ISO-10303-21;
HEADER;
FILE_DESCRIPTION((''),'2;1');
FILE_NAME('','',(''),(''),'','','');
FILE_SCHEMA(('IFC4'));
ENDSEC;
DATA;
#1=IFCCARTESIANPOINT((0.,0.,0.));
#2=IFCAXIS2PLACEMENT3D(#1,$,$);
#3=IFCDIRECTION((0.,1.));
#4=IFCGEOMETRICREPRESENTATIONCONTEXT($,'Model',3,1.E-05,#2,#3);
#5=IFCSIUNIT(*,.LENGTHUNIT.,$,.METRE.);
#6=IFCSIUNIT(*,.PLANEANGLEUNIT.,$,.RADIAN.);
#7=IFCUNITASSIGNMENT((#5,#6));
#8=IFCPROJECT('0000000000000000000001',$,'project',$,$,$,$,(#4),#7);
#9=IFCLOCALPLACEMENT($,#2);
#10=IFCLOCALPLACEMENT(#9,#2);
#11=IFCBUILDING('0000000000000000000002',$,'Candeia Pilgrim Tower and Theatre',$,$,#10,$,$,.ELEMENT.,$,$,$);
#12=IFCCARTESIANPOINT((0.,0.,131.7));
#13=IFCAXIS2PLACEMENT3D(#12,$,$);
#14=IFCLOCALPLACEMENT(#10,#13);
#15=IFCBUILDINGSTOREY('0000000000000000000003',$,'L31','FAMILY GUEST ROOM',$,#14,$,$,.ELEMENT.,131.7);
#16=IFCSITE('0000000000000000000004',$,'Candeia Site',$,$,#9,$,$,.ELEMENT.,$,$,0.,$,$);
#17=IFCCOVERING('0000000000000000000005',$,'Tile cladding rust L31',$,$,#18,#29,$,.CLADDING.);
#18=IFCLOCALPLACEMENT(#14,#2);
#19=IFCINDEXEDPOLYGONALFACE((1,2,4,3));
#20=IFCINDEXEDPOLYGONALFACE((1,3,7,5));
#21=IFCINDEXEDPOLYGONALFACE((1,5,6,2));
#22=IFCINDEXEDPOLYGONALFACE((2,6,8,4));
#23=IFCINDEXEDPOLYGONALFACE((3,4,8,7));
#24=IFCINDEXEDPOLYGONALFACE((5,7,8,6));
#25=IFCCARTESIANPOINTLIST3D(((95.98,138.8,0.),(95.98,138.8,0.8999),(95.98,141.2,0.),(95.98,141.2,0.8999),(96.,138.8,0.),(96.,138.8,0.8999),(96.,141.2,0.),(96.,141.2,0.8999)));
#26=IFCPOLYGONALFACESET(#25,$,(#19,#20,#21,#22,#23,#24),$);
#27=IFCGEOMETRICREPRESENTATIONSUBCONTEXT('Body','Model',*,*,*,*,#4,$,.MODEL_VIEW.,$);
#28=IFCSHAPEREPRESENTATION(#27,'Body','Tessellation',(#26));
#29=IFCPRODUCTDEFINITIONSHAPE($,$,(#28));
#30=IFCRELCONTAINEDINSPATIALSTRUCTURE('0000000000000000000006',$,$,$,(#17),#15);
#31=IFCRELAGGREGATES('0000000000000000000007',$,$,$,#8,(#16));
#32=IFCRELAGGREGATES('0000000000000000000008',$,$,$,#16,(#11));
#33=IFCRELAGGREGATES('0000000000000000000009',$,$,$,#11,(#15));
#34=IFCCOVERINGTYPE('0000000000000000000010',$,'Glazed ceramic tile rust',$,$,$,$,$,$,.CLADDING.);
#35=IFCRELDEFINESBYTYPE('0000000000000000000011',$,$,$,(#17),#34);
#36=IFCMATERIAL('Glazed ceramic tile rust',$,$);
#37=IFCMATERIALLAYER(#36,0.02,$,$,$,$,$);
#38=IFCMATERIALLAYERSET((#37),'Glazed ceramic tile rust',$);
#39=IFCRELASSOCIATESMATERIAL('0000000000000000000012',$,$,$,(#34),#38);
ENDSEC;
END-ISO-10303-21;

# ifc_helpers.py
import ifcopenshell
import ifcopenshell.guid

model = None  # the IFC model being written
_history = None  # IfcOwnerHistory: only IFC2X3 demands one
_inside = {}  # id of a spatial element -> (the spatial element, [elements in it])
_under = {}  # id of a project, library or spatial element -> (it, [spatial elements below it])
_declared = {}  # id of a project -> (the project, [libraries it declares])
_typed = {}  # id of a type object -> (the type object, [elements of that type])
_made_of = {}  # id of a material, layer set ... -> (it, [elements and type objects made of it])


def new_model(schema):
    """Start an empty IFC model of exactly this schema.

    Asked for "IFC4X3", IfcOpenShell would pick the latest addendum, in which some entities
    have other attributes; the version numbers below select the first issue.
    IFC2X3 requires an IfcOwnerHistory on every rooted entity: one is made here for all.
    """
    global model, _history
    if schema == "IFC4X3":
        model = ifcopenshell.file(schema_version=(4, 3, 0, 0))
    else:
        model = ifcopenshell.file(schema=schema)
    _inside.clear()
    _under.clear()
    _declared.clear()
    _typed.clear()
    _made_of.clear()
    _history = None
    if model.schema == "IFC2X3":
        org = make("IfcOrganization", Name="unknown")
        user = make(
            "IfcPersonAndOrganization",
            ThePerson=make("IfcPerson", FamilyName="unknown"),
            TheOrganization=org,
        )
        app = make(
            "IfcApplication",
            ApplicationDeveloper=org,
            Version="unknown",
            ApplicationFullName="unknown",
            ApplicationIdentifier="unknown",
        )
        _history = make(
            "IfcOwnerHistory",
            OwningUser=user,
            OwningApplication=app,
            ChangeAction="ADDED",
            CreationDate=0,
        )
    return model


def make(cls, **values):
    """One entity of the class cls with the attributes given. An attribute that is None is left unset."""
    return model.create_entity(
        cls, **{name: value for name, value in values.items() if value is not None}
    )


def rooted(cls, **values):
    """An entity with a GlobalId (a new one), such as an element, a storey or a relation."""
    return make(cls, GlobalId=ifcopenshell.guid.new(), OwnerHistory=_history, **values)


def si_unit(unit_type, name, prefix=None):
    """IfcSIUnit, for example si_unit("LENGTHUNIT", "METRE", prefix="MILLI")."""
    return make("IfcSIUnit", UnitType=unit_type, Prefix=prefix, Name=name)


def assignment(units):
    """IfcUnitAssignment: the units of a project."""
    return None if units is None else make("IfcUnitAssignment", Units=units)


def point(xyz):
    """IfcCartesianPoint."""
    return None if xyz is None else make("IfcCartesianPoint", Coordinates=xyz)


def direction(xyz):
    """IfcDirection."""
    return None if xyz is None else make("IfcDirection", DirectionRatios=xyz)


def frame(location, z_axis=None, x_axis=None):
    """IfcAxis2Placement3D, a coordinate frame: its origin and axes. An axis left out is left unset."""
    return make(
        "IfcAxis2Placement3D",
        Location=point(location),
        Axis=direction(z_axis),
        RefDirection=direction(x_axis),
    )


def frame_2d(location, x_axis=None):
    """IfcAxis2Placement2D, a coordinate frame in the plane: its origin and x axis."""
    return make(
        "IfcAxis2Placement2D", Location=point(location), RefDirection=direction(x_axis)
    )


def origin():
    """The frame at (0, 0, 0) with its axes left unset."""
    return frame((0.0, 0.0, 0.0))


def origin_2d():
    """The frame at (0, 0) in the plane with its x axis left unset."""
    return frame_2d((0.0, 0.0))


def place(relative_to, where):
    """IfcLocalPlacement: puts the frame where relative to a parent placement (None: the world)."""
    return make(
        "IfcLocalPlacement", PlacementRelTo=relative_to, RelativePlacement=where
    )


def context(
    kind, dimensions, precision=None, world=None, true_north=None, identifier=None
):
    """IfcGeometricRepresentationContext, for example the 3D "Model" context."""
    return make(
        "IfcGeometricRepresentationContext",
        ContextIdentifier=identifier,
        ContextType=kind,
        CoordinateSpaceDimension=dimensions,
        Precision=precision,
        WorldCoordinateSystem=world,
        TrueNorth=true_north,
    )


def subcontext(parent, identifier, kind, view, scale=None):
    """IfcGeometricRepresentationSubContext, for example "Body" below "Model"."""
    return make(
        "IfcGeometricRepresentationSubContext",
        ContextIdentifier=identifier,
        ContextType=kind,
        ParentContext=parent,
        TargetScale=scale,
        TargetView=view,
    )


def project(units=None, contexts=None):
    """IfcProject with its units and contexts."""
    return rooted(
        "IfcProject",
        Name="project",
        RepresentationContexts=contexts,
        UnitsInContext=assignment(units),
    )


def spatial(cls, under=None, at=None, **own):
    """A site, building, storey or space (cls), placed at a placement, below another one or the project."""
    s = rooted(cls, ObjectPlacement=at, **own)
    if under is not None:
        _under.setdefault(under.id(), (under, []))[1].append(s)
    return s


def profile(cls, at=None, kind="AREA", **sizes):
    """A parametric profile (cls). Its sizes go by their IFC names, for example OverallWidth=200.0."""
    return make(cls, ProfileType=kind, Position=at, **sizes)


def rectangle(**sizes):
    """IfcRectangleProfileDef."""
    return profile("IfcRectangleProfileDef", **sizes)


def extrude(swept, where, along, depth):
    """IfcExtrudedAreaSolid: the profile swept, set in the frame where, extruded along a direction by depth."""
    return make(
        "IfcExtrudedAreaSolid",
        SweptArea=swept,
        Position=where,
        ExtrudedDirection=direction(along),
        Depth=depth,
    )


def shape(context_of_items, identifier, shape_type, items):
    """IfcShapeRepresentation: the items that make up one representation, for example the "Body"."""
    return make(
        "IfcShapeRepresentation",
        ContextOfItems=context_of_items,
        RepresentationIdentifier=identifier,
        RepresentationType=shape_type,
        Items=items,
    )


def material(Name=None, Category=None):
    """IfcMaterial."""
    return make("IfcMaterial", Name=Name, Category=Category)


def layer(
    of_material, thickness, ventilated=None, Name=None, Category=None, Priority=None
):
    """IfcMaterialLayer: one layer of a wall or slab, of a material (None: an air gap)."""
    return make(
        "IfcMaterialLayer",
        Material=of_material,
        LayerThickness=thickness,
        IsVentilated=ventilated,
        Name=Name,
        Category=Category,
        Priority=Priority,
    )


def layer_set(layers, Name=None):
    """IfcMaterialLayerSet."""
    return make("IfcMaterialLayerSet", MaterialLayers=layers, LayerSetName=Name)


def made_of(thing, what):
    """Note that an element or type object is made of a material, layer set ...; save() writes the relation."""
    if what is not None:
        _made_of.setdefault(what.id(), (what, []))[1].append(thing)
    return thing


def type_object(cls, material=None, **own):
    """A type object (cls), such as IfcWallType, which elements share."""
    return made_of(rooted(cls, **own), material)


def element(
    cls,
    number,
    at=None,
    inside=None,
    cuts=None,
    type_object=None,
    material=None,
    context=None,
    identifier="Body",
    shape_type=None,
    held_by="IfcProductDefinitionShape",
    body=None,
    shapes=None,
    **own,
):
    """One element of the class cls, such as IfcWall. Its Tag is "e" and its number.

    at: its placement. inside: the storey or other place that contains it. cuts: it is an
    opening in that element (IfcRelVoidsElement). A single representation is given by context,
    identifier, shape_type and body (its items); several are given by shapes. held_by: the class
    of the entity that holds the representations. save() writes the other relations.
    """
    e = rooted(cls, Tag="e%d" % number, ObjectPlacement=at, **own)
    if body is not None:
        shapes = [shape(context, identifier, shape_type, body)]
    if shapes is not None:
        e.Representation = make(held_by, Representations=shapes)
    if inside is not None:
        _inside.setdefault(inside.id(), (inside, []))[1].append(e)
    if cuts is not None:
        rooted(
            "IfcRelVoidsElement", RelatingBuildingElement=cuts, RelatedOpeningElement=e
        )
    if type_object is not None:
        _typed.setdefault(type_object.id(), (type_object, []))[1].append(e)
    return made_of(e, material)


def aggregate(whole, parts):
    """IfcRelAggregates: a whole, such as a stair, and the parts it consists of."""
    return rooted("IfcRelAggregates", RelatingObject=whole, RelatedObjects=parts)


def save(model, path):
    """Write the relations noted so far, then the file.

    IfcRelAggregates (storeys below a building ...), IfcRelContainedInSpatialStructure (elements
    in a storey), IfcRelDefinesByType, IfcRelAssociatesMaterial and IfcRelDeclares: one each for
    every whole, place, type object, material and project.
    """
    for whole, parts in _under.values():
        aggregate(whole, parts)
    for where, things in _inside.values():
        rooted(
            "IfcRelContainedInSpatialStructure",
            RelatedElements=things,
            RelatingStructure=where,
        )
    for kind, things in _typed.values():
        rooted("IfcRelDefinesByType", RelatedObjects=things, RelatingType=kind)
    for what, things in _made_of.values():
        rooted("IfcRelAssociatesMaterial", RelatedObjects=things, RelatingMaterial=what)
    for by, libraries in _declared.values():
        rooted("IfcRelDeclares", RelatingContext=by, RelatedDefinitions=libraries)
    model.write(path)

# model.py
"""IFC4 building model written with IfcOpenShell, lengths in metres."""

from ifc_helpers import new_model, si_unit, direction, frame, origin, origin_2d, place, context, subcontext, project, spatial, rectangle, extrude, material, layer, layer_set, type_object, element, save


model = new_model("IFC4")

# Units and contexts
model_context = context("Model", 3, precision=1e-05, world=origin(), true_north=direction((0.0, 1.0)))
body_context = subcontext(model_context, "Body", "Model", "MODEL_VIEW")
ifc_project = project(units=[si_unit("LENGTHUNIT", "METRE"), si_unit("PLANEANGLEUNIT", "RADIAN")], contexts=[model_context])

# Site, building, storey
site_placement = place(None, origin())
site = spatial("IfcSite", under=ifc_project, at=site_placement, Name="Candeia Site", CompositionType="ELEMENT", RefElevation=0.0)
building_placement = place(site_placement, origin())
building = spatial("IfcBuilding", under=site, at=building_placement, Name="Candeia Pilgrim Tower and Theatre", CompositionType="ELEMENT")
storey_placement = place(building_placement, frame((0.0, 0.0, 131.7)))
storey = spatial("IfcBuildingStorey", under=building, at=storey_placement, Name="L31", Description="FAMILY GUEST ROOM", CompositionType="ELEMENT", Elevation=131.7)

# Covering
ifc_material_1 = material(Name="Glazed ceramic tile rust")
ifc_layer_1 = layer(ifc_material_1, 0.02)
ifc_layer_set_1 = layer_set([ifc_layer_1], Name="Glazed ceramic tile rust")
covering_type_1 = type_object("IfcCoveringType", Name="Glazed ceramic tile rust", PredefinedType="CLADDING", material=ifc_layer_set_1)
covering_1_placement = place(storey_placement, frame((95.99, 140.0, 0.0), z_axis=(0.0, 0.0, 1.0), x_axis=(0.0, -1.0, 0.0)))
element("IfcCovering", 1, at=covering_1_placement, inside=storey, type_object=covering_type_1, Name="Tile cladding rust L31", PredefinedType="CLADDING", context=body_context, shape_type="SweptSolid", body=[
    extrude(rectangle(XDim=2.3999, YDim=0.02, at=origin_2d()), origin(), (0.0, 0.0, 1.0), 0.8999),
])

save(model, "model.ifc")
